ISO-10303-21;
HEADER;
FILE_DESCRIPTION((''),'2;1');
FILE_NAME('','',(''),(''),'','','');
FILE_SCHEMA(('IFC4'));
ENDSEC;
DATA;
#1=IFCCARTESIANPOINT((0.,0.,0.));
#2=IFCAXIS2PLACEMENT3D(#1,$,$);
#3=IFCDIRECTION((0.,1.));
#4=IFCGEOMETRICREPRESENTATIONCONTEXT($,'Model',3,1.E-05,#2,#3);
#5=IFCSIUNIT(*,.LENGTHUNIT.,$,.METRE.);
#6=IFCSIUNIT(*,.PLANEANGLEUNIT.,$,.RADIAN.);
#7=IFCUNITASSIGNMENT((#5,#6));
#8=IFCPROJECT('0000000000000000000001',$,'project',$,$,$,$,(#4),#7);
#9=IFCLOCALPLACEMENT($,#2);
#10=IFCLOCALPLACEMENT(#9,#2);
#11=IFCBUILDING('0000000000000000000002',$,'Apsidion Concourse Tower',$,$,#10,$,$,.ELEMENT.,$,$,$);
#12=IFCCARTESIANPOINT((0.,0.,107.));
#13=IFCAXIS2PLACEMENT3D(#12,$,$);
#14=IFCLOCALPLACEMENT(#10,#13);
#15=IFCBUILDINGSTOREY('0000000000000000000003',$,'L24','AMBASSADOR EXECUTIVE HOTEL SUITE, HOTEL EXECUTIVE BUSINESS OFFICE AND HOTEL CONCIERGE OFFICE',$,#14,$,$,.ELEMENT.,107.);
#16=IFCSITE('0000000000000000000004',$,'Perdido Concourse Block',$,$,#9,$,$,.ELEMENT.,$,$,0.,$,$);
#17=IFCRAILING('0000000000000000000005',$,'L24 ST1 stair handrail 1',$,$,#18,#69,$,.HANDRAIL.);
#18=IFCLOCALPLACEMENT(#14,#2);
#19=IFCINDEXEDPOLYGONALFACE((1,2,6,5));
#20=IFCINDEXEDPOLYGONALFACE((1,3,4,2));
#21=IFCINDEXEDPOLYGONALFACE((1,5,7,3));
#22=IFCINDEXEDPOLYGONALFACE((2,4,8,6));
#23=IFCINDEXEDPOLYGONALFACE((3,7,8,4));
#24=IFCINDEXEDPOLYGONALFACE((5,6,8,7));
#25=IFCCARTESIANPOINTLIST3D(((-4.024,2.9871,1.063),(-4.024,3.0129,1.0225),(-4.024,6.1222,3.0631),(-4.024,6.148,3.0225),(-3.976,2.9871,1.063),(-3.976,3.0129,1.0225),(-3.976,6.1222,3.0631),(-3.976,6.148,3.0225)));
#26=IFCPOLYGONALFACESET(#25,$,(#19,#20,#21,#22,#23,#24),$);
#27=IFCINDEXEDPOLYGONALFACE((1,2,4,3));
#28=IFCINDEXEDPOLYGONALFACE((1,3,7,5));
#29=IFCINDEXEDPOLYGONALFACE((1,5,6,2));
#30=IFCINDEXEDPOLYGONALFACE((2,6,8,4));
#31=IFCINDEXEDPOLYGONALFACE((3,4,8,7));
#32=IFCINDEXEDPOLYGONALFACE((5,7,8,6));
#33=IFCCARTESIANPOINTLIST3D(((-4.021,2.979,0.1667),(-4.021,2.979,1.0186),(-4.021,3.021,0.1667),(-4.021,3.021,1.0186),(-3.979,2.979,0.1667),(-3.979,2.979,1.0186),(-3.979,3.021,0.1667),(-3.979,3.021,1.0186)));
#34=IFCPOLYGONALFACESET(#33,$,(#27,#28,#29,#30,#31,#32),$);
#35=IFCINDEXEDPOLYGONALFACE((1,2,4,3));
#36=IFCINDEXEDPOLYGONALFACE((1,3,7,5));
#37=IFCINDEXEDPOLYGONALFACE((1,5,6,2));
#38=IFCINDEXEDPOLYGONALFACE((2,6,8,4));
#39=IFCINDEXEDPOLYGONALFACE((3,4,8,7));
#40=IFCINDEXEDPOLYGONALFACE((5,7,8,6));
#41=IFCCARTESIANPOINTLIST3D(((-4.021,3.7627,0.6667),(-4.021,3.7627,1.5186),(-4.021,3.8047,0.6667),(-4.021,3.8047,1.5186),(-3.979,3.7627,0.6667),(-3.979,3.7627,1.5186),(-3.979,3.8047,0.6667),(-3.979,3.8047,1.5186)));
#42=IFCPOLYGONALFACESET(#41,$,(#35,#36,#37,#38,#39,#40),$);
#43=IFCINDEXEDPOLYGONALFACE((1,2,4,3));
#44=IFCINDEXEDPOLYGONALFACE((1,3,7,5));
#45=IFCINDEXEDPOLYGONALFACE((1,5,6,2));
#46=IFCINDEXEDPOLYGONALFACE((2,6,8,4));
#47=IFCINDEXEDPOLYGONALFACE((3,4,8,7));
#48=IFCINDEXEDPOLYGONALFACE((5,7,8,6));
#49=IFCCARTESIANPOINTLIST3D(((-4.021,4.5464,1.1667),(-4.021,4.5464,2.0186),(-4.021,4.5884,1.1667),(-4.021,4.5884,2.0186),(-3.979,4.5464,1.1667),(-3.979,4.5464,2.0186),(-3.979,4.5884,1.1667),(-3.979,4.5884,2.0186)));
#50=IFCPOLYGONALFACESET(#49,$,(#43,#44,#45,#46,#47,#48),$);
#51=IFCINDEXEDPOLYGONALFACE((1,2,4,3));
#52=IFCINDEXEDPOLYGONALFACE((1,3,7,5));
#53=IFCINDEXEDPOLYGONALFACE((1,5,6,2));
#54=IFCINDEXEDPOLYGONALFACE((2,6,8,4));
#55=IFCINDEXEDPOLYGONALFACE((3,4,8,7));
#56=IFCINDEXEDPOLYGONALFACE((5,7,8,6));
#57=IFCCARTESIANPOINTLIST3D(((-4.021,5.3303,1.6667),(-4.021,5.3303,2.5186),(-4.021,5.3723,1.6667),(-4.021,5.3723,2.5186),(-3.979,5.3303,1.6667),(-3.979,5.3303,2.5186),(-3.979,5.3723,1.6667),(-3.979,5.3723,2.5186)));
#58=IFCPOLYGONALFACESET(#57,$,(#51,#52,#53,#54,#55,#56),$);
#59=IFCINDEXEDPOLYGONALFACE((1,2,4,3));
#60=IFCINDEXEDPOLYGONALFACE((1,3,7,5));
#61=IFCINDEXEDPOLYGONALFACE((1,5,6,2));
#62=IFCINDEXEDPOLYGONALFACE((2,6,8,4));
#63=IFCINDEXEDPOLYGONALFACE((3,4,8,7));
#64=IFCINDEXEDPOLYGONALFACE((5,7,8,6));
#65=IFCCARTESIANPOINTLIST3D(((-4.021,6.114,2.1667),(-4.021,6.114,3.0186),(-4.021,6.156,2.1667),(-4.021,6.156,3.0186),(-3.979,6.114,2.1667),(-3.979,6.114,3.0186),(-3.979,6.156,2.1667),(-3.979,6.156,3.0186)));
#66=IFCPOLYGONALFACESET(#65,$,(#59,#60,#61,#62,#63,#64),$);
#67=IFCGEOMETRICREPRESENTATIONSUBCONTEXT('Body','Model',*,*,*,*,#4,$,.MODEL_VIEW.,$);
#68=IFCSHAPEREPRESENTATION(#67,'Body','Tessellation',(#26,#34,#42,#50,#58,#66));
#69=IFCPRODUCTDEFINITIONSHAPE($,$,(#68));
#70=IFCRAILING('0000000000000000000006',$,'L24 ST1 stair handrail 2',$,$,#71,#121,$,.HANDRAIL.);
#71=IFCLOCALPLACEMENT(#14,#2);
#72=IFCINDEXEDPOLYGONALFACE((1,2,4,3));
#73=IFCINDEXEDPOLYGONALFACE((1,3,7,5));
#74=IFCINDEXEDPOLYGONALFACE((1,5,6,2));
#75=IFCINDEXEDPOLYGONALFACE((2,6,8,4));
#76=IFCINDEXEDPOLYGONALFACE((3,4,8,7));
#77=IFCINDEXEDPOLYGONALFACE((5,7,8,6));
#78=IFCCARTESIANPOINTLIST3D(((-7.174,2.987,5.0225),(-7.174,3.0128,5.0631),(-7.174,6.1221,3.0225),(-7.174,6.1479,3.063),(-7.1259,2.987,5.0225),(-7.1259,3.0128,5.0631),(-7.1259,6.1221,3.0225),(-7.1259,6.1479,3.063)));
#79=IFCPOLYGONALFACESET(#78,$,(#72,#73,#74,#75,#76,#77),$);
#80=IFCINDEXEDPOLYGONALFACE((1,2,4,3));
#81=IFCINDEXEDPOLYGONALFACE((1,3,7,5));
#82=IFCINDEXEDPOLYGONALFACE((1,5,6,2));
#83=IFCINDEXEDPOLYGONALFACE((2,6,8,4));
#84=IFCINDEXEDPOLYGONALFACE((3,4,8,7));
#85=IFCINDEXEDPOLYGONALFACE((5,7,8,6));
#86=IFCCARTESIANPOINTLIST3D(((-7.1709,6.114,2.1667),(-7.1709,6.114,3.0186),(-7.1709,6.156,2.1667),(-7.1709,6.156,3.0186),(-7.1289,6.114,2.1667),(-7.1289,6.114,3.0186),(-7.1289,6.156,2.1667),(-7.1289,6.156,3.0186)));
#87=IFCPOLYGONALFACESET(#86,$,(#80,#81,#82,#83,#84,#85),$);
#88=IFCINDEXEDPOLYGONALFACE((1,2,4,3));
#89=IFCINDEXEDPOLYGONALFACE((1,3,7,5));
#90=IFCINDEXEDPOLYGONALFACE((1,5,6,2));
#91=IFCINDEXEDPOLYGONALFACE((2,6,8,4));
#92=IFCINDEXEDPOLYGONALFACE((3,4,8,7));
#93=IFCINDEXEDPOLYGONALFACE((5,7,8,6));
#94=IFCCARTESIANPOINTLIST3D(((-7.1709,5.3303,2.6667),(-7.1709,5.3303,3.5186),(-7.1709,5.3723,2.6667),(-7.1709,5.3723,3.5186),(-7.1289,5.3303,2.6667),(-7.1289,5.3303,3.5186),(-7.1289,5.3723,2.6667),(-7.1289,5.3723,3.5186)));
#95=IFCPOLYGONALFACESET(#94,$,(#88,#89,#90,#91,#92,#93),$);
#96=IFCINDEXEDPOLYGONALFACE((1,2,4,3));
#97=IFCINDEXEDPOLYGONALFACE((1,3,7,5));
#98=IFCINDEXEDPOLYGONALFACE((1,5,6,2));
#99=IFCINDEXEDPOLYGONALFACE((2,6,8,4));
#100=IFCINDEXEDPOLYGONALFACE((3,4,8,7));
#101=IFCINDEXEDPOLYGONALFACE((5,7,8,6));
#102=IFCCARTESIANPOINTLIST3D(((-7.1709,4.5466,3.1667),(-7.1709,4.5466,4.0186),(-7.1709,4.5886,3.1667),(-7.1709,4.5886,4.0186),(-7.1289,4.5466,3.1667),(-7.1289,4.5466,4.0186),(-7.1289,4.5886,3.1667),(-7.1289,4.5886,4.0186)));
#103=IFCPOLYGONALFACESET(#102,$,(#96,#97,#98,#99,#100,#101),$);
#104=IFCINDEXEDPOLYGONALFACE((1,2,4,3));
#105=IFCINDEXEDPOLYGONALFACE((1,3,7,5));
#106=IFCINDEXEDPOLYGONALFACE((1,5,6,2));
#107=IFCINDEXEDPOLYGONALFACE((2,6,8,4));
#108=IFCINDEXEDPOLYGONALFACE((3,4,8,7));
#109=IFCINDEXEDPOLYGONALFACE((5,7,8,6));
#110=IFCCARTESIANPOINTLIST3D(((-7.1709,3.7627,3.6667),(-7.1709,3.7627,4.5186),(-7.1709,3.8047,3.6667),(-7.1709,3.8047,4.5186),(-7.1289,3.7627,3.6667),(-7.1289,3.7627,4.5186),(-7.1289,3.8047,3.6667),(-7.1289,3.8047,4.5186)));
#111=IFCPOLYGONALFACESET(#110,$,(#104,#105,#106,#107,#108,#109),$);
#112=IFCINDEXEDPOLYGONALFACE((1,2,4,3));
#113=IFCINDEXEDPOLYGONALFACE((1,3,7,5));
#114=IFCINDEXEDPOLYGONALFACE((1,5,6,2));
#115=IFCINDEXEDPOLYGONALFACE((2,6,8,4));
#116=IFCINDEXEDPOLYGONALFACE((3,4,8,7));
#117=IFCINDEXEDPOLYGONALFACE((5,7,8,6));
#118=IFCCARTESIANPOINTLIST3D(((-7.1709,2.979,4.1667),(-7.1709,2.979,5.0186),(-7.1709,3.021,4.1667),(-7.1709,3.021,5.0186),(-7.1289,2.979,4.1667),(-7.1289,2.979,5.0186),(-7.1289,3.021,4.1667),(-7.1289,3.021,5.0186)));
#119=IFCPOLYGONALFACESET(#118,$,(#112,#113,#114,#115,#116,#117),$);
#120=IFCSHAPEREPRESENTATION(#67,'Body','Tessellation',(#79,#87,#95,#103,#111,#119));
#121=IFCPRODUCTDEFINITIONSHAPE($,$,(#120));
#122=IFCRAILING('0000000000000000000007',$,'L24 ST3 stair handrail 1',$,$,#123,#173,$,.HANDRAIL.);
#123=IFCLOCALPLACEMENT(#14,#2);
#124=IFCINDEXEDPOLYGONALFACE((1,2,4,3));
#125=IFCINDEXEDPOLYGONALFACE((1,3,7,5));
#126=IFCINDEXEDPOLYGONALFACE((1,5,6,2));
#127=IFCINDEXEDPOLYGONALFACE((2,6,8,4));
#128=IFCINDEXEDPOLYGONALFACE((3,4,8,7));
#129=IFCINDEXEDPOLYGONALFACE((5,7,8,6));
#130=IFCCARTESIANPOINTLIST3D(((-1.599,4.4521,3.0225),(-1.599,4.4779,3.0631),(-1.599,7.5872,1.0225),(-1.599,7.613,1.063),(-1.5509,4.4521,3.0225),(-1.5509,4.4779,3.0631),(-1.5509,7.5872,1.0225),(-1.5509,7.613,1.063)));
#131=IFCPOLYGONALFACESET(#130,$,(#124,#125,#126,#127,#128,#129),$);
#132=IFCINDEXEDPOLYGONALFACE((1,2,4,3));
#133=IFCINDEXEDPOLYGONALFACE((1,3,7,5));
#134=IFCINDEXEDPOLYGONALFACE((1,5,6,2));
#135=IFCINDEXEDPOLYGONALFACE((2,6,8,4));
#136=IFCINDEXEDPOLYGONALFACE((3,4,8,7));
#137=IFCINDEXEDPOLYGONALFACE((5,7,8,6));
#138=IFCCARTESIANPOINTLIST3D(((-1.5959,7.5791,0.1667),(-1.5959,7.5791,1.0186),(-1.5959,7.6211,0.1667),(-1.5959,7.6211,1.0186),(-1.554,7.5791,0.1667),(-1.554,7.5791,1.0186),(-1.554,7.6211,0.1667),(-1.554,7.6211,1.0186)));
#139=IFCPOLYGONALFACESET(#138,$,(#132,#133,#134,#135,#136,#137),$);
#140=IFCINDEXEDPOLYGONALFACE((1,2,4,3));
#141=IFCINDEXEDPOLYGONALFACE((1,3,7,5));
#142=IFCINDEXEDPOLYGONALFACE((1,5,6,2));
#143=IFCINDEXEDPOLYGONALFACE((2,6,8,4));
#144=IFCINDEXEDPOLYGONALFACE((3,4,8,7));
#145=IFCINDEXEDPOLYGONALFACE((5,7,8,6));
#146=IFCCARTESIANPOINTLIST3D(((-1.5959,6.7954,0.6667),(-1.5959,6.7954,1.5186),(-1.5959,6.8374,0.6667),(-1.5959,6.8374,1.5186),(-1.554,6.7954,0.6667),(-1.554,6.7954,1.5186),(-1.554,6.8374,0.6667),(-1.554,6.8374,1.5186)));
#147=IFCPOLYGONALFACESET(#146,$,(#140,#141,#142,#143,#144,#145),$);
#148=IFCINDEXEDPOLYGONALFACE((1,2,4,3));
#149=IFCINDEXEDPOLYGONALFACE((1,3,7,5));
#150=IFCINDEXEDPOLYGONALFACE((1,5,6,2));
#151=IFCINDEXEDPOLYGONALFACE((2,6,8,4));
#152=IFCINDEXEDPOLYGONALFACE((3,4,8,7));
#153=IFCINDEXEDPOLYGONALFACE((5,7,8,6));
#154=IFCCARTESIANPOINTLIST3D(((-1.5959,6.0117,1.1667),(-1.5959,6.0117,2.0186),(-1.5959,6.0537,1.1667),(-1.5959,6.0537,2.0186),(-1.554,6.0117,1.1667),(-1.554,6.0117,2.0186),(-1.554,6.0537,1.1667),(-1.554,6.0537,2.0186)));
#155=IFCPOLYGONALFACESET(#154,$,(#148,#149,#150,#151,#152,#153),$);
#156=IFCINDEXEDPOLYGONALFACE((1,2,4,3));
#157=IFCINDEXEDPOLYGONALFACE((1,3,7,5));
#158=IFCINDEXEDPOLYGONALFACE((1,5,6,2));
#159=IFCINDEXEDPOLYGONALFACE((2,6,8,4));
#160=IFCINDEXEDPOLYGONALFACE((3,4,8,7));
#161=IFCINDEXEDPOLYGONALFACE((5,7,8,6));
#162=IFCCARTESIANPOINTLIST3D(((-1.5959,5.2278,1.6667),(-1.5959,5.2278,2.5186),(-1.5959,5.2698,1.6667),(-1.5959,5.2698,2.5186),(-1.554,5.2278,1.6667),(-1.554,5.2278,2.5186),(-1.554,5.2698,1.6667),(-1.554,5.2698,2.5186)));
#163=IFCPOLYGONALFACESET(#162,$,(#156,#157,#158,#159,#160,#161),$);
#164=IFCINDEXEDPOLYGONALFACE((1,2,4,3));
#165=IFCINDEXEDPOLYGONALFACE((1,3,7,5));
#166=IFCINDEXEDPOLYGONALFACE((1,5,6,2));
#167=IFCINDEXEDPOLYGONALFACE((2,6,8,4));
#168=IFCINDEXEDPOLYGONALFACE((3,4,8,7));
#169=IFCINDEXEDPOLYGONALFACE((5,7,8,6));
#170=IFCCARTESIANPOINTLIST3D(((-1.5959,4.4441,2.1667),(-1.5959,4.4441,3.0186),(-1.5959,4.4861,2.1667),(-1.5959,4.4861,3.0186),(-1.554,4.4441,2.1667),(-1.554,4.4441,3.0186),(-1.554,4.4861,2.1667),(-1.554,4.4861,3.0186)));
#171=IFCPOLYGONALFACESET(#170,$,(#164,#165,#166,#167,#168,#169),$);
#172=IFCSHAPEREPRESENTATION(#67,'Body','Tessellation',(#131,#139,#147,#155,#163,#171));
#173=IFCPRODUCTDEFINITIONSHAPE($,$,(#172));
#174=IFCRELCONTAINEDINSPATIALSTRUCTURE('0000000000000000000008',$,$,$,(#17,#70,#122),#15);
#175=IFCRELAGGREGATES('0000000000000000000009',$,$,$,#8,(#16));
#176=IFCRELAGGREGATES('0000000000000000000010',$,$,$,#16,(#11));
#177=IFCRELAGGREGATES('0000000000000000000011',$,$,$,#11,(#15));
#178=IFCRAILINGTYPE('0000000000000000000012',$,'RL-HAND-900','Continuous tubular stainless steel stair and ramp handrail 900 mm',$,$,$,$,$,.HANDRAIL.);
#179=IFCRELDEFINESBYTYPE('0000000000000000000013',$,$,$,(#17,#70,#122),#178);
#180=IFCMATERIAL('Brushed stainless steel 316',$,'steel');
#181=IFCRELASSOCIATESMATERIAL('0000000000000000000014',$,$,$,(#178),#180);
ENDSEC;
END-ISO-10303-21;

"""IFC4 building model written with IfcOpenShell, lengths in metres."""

from ifc_helpers import new_model, si_unit, direction, frame, origin, origin_2d, place, context, subcontext, project, spatial, rectangle, extrude, material, type_object, element, save


model = new_model("IFC4")

# Units and contexts
model_context = context("Model", 3, precision=1e-05, world=origin(), true_north=direction((0.0, 1.0)))
body_context = subcontext(model_context, "Body", "Model", "MODEL_VIEW")
ifc_project = project(units=[si_unit("LENGTHUNIT", "METRE"), si_unit("PLANEANGLEUNIT", "RADIAN")], contexts=[model_context])

# Site, building, storey
site_placement = place(None, origin())
site = spatial("IfcSite", under=ifc_project, at=site_placement, Name="Perdido Concourse Block", CompositionType="ELEMENT", RefElevation=0.0)
building_placement = place(site_placement, origin())
building = spatial("IfcBuilding", under=site, at=building_placement, Name="Apsidion Concourse Tower", CompositionType="ELEMENT")
storey_placement = place(building_placement, frame((0.0, 0.0, 107.0)))
storey = spatial("IfcBuildingStorey", under=building, at=storey_placement, Name="L24", Description="AMBASSADOR EXECUTIVE HOTEL SUITE, HOTEL EXECUTIVE BUSINESS OFFICE AND HOTEL CONCIERGE OFFICE", CompositionType="ELEMENT", Elevation=107.0)

# Railings
ifc_material_1 = material(Name="Brushed stainless steel 316", Category="steel")
railing_type_1 = type_object("IfcRailingType", Name="RL-HAND-900", Description="Continuous tubular stainless steel stair and ramp handrail 900 mm", PredefinedType="HANDRAIL", material=ifc_material_1)
railing_1_placement = place(storey_placement, frame((-4.0, 3.0, 0.1667)))
element("IfcRailing", 1, at=railing_1_placement, inside=storey, type_object=railing_type_1, Name="L24 ST1 stair handrail 1", PredefinedType="HANDRAIL", context=body_context, shape_type="SweptSolid", body=[
    extrude(rectangle(XDim=0.0481, YDim=0.0481, at=origin_2d()), frame((0.0, 0.0, 0.876), z_axis=(0.0, 0.843053, 0.537831), x_axis=(-1.0, 0.0, 0.0)), (0.0, 0.0, 1.0), 3.7188),
    extrude(rectangle(XDim=0.042, YDim=0.042, at=origin_2d()), origin(), (0.0, 0.0, 1.0), 0.8518),
    extrude(rectangle(XDim=0.042, YDim=0.042, at=origin_2d()), frame((0.0, 0.7837, 0.5)), (0.0, 0.0, 1.0), 0.8518),
    extrude(rectangle(XDim=0.042, YDim=0.042, at=origin_2d()), frame((0.0, 1.5674, 1.0)), (0.0, 0.0, 1.0), 0.8518),
    extrude(rectangle(XDim=0.042, YDim=0.042, at=origin_2d()), frame((0.0, 2.3513, 1.5)), (0.0, 0.0, 1.0), 0.8518),
    extrude(rectangle(XDim=0.042, YDim=0.042, at=origin_2d()), frame((0.0, 3.135, 2.0)), (0.0, 0.0, 1.0), 0.8518),
])
for number, where, name in (
    (2, (-7.1499, 6.135, 2.1667), "L24 ST1 stair handrail 2"),
    (3, (-1.575, 7.6001, 0.1667), "L24 ST3 stair handrail 1"),
):
    element("IfcRailing", number, at=place(storey_placement, frame(where)), inside=storey, type_object=railing_type_1, Name=name, PredefinedType="HANDRAIL", context=body_context, shape_type="SweptSolid", body=[
        extrude(rectangle(XDim=0.0481, YDim=0.0481, at=origin_2d()), frame((0.0, 0.0, 0.876), z_axis=(0.0, -0.843053, 0.537831), x_axis=(1.0, 0.0, 0.0)), (0.0, 0.0, 1.0), 3.7188),
        extrude(rectangle(XDim=0.042, YDim=0.042, at=origin_2d()), origin(), (0.0, 0.0, 1.0), 0.8518),
        extrude(rectangle(XDim=0.042, YDim=0.042, at=origin_2d()), frame((0.0, -0.7837, 0.5)), (0.0, 0.0, 1.0), 0.8518),
        extrude(rectangle(XDim=0.042, YDim=0.042, at=origin_2d()), frame((0.0, -1.5674, 1.0)), (0.0, 0.0, 1.0), 0.8518),
        extrude(rectangle(XDim=0.042, YDim=0.042, at=origin_2d()), frame((0.0, -2.3513, 1.5)), (0.0, 0.0, 1.0), 0.8518),
        extrude(rectangle(XDim=0.042, YDim=0.042, at=origin_2d()), frame((0.0, -3.135, 2.0)), (0.0, 0.0, 1.0), 0.8518),
    ])

save(model, "model.ifc")
